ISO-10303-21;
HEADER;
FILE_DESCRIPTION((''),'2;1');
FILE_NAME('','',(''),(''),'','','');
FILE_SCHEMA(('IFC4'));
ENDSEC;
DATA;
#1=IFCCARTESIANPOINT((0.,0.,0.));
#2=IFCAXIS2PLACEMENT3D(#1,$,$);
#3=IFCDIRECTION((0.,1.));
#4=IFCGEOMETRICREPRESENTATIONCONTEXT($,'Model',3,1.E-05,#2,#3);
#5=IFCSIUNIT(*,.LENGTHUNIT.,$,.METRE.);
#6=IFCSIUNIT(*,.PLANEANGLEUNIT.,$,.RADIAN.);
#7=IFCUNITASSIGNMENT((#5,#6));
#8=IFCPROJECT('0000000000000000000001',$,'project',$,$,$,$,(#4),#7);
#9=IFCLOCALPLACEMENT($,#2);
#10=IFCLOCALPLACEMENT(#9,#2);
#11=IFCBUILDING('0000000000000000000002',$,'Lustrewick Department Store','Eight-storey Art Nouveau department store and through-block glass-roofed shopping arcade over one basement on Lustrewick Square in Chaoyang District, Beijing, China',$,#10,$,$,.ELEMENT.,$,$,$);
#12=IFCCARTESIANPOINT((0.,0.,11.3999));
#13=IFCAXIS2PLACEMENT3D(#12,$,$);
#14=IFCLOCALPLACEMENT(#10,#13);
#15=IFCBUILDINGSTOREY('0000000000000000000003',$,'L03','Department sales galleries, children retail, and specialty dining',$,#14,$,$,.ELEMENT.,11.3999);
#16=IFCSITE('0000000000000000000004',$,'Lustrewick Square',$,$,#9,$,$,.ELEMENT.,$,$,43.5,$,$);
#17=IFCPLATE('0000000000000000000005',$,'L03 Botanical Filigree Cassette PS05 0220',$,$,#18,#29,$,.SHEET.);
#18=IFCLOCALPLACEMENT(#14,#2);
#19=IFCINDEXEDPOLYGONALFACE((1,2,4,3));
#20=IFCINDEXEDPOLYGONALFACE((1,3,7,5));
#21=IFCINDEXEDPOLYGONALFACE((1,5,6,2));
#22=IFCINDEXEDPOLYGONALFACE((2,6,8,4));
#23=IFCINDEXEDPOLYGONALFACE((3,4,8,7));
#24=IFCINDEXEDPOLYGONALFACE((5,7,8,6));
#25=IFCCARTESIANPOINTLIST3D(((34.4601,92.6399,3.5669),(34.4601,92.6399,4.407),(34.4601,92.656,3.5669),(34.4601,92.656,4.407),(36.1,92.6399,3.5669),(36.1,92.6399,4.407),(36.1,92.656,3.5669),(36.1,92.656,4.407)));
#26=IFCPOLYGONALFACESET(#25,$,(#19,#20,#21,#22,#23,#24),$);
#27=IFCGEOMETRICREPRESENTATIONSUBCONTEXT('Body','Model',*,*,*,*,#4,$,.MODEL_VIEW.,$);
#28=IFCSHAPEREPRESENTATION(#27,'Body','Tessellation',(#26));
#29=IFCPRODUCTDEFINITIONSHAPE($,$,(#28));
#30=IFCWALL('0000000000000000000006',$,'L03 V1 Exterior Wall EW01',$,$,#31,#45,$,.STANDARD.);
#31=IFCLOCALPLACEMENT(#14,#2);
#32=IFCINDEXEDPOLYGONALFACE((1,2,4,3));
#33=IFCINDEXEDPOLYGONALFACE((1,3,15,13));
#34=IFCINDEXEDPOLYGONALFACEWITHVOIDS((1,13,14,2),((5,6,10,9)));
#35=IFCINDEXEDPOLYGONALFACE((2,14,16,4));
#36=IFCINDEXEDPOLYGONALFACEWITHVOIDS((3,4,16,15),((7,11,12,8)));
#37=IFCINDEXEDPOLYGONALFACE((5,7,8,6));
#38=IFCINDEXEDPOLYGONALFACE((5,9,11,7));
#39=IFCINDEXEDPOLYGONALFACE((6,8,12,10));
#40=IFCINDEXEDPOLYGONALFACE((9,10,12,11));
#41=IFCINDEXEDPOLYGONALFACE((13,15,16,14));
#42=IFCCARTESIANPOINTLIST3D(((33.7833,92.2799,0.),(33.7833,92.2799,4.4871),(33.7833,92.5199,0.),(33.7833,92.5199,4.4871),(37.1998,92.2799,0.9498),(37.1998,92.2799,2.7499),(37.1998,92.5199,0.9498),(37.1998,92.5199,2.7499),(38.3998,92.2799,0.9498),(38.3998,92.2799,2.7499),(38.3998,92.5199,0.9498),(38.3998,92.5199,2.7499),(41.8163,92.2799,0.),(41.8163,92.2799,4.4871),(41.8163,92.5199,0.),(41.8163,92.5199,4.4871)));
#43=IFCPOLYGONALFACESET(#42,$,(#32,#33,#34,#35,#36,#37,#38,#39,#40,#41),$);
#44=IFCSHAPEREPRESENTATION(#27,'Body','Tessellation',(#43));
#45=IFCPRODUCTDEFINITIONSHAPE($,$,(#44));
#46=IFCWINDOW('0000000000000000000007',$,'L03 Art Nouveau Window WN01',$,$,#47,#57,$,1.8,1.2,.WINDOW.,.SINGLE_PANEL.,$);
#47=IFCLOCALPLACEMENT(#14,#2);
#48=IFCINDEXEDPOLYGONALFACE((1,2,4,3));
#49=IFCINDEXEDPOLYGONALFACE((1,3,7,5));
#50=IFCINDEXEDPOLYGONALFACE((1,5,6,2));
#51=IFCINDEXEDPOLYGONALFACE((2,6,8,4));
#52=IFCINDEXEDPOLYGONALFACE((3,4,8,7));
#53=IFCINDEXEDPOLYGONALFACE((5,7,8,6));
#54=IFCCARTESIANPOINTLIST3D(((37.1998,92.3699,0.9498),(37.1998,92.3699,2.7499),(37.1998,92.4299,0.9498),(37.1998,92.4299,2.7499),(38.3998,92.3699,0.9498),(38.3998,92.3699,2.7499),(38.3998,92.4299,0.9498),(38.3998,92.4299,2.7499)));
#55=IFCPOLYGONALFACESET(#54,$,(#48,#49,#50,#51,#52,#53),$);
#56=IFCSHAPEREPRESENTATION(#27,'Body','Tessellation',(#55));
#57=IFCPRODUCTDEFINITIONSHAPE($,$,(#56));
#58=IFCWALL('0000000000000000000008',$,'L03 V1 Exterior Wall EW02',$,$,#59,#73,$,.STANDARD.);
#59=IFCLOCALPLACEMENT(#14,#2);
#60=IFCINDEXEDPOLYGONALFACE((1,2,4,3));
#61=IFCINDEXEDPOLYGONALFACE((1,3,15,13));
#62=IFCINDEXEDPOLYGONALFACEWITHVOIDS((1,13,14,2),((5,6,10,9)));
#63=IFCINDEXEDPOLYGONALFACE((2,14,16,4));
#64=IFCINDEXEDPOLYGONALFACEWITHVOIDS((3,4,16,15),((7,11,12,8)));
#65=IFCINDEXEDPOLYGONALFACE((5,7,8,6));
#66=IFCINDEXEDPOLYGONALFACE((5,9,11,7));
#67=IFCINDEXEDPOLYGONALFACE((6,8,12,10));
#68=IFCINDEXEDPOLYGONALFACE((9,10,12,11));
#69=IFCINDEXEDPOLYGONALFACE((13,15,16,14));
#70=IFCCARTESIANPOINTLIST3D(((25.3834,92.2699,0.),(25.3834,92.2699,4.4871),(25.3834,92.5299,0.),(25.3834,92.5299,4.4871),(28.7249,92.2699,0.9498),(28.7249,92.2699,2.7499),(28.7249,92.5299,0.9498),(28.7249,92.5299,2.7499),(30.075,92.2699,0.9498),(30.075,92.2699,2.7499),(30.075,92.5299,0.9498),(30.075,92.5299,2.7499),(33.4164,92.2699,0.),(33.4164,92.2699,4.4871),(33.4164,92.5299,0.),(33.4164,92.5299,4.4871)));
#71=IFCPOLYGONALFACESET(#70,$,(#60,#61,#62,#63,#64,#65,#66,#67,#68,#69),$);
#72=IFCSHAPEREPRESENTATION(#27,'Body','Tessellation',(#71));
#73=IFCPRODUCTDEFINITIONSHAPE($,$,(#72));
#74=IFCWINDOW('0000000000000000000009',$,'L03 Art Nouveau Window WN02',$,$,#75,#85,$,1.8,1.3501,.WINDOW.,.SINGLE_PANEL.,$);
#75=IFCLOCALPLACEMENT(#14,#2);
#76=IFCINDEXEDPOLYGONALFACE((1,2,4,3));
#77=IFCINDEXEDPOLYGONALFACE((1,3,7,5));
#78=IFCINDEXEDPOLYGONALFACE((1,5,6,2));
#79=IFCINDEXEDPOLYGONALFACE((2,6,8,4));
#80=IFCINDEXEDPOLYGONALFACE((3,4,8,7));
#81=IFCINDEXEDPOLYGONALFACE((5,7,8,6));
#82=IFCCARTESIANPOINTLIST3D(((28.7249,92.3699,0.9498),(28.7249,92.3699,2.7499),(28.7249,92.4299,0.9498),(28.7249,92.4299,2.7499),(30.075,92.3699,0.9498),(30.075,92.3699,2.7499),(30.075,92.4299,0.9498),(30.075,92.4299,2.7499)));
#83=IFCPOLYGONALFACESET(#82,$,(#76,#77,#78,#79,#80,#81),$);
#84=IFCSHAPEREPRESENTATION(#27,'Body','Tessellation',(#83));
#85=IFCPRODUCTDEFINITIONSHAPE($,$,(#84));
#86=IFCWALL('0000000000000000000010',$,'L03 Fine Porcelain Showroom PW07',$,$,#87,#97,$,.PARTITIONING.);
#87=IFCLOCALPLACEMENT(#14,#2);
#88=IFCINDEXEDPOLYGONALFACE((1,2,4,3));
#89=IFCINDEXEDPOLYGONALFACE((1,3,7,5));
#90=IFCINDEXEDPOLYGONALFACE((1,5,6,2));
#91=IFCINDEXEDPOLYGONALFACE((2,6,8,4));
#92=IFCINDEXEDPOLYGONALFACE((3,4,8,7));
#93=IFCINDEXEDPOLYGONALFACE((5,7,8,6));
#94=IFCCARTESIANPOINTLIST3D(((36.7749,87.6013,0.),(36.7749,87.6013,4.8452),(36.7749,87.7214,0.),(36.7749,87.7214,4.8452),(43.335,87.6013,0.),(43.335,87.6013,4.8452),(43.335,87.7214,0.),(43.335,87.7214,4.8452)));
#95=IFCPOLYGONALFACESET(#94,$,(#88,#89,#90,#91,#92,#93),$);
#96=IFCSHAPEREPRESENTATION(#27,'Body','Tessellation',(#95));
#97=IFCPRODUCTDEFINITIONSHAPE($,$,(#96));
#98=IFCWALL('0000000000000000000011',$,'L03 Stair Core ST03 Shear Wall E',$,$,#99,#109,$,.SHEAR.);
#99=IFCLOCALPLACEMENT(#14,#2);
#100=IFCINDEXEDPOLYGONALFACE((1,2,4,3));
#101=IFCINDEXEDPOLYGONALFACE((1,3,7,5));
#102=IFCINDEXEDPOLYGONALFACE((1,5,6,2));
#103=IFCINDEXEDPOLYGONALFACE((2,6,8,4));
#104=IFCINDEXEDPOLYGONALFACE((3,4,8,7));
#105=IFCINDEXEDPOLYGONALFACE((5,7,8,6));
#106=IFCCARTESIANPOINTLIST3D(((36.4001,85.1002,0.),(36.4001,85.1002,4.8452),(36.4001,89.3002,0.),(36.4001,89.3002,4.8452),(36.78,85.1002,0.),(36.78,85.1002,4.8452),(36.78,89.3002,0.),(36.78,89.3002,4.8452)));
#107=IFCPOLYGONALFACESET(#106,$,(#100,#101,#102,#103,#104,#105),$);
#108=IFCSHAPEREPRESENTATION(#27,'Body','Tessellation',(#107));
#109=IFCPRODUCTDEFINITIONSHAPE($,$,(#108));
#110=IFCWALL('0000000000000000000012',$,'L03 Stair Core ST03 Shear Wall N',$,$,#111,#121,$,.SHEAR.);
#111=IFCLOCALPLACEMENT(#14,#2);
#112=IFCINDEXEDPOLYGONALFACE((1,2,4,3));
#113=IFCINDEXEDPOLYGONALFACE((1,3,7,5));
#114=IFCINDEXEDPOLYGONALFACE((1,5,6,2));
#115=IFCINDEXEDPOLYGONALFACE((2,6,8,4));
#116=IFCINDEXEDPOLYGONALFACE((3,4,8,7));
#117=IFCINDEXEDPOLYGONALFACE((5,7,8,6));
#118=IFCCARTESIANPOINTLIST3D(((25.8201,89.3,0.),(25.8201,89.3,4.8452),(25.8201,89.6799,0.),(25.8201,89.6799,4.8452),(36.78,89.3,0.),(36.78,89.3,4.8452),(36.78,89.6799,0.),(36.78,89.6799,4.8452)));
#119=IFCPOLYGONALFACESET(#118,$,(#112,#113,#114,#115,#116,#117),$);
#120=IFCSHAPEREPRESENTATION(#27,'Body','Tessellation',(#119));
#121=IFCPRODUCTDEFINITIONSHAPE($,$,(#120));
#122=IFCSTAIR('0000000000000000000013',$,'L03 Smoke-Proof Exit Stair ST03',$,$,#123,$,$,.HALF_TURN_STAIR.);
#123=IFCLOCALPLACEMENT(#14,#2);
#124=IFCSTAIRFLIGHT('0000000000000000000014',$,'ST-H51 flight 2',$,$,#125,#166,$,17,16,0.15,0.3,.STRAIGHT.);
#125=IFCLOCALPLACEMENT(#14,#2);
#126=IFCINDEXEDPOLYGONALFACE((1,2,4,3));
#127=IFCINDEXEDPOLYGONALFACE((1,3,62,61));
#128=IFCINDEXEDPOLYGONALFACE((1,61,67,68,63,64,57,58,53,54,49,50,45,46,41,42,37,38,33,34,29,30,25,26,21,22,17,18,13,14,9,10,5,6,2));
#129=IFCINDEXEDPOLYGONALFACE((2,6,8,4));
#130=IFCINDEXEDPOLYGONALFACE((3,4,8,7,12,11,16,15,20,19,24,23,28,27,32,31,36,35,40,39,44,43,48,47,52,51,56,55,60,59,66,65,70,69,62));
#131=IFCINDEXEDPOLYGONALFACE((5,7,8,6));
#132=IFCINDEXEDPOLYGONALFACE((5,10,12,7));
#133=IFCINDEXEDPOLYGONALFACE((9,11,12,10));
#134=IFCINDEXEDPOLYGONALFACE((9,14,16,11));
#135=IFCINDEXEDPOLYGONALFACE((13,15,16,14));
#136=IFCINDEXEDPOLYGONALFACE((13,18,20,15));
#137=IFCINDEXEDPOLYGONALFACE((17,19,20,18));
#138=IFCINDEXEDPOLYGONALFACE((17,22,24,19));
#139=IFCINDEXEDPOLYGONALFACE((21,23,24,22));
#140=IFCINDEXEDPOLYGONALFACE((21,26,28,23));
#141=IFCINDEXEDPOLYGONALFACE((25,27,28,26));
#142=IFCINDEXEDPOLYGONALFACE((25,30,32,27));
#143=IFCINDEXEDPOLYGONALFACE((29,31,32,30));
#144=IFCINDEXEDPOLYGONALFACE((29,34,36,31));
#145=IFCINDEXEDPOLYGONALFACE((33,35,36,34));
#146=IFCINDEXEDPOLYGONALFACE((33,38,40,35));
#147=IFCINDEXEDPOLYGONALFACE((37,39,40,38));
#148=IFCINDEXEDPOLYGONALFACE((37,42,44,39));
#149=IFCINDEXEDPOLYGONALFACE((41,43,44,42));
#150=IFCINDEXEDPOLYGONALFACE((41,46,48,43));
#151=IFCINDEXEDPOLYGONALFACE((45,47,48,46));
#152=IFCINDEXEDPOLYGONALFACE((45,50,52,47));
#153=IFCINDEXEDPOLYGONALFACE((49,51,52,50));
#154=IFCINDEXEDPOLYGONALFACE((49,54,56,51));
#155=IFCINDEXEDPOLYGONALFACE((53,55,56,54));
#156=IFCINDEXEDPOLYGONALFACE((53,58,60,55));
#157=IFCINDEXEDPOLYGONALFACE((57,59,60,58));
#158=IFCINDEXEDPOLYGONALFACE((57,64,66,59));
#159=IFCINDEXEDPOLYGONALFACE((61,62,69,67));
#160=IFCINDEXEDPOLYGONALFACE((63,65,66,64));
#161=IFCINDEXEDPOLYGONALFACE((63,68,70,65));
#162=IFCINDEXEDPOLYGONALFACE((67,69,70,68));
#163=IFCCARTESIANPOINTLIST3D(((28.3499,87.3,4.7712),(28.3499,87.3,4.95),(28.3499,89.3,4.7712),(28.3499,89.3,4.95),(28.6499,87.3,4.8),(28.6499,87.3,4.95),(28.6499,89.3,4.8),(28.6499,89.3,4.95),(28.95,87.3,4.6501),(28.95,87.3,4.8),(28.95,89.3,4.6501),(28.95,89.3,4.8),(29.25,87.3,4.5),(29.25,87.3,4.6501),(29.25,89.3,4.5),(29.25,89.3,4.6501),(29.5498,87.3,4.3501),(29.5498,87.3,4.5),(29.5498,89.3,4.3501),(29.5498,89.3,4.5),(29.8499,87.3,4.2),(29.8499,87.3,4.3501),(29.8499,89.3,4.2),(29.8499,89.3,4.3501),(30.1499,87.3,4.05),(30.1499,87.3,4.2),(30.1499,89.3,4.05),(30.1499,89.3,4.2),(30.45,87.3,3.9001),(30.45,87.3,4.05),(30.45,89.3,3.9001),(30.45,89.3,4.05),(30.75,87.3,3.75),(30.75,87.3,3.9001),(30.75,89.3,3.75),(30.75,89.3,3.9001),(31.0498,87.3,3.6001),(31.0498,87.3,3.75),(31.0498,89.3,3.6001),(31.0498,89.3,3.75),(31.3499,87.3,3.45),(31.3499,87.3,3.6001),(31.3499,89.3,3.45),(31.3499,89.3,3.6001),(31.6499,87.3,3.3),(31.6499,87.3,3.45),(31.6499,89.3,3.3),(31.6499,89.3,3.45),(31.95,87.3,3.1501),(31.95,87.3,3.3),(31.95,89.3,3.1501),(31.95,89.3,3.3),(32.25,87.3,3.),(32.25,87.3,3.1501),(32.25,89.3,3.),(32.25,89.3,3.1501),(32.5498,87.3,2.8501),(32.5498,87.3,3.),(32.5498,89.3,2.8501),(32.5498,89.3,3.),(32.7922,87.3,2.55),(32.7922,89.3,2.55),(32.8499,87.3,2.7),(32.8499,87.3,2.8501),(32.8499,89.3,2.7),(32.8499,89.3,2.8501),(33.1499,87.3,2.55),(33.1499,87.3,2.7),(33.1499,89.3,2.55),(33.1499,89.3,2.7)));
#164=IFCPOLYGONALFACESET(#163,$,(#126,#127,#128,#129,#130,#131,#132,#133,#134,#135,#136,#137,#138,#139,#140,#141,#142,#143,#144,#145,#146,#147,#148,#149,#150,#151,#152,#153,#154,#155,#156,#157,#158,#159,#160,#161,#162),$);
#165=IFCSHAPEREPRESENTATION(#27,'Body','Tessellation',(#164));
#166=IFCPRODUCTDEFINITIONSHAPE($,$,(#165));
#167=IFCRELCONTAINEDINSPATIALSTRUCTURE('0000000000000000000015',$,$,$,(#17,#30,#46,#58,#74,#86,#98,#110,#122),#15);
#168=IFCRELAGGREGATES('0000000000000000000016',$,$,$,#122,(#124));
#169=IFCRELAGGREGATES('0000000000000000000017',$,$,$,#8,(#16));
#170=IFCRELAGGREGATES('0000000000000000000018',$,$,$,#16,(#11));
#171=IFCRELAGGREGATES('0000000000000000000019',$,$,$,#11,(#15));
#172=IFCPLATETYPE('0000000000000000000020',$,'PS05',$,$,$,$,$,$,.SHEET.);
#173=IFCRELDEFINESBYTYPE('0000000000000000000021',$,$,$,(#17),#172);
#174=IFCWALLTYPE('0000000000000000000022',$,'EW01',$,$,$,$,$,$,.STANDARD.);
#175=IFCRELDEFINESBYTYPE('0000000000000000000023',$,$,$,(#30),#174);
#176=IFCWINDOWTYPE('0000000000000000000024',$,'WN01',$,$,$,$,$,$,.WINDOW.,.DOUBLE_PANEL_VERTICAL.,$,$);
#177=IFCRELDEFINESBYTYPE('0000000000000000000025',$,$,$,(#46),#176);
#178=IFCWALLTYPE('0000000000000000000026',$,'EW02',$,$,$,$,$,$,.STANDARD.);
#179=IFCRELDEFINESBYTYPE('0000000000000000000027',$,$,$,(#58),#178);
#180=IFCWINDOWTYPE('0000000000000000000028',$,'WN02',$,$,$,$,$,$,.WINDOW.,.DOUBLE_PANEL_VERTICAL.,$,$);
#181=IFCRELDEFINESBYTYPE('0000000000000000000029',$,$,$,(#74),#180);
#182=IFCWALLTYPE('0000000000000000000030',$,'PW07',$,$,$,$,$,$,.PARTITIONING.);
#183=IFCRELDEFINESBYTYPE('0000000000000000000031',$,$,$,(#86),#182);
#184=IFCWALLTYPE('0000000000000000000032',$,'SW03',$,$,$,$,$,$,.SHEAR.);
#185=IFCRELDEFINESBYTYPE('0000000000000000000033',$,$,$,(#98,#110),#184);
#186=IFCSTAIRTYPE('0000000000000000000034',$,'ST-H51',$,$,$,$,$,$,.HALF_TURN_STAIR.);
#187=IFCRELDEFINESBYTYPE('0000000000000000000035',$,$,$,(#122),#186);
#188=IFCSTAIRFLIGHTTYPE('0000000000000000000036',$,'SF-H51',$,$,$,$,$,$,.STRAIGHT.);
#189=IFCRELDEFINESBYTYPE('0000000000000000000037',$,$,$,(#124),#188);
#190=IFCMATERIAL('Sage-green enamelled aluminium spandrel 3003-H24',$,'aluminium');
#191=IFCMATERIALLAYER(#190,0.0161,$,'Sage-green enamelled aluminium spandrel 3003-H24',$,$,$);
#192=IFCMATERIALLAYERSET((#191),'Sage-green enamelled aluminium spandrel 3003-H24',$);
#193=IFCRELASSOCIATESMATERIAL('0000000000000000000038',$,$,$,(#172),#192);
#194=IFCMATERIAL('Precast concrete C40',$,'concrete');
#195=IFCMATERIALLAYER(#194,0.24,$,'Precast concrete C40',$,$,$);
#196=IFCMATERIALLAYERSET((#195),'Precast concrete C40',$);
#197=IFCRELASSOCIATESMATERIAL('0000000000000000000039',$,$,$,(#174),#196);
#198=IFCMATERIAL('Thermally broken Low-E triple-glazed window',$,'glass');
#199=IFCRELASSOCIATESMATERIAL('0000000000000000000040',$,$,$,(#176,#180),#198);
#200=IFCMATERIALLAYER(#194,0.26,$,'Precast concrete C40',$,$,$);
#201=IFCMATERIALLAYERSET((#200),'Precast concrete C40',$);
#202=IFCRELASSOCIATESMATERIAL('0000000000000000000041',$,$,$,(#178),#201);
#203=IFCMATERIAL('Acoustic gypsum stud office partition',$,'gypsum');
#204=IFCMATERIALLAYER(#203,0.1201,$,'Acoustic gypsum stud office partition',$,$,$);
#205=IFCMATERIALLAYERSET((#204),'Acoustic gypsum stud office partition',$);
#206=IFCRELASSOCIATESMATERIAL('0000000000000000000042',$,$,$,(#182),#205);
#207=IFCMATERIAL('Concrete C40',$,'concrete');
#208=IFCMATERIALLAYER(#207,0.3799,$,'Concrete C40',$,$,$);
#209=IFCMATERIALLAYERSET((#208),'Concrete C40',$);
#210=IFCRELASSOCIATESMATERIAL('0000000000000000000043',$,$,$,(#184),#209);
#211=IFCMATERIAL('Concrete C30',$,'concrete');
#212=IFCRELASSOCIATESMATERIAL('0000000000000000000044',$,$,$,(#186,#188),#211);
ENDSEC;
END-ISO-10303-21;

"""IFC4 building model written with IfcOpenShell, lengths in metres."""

from ifc_helpers import new_model, si_unit, direction, frame, frame_2d, origin, origin_2d, place, context, subcontext, project, spatial, polyline, rectangle, outline, extrude, material, layer, layer_set, type_object, element, fill, aggregate, save


model = new_model("IFC4")

# Units and contexts
model_context = context("Model", 3, precision=1e-05, world=origin(), true_north=direction((0.0, 1.0)))
body_context = subcontext(model_context, "Body", "Model", "MODEL_VIEW")
ifc_project = project(units=[si_unit("LENGTHUNIT", "METRE"), si_unit("PLANEANGLEUNIT", "RADIAN")], contexts=[model_context])

# Site, building, storey
site_placement = place(None, origin())
site = spatial("IfcSite", under=ifc_project, at=site_placement, Name="Lustrewick Square", CompositionType="ELEMENT", RefElevation=43.5)
building_placement = place(site_placement, origin())
building = spatial("IfcBuilding", under=site, at=building_placement, Name="Lustrewick Department Store", Description="Eight-storey Art Nouveau department store and through-block glass-roofed shopping arcade over one basement on Lustrewick Square in Chaoyang District, Beijing, China", CompositionType="ELEMENT")
storey_placement = place(building_placement, frame((0.0, 0.0, 11.3999)))
storey = spatial("IfcBuildingStorey", under=building, at=storey_placement, Name="L03", Description="Department sales galleries, children retail, and specialty dining", CompositionType="ELEMENT", Elevation=11.3999)

# Plate
ifc_material_1 = material(Name="Sage-green enamelled aluminium spandrel 3003-H24", Category="aluminium")
ifc_layer_1 = layer(ifc_material_1, 0.0161, Name="Sage-green enamelled aluminium spandrel 3003-H24")
ifc_layer_set_1 = layer_set([ifc_layer_1], Name="Sage-green enamelled aluminium spandrel 3003-H24")
plate_type = type_object("IfcPlateType", Name="PS05", PredefinedType="SHEET", material=ifc_layer_set_1)
for number, where, z_axis, x_axis, name in (
    (1, (35.28, 92.6479, 3.5669), (0.0, 0.0, 1.0), (-1.0, 0.0, 0.0), "L03 Botanical Filigree Cassette PS05 0220"),
):
    element("IfcPlate", number, at=place(storey_placement, frame(where, z_axis=z_axis, x_axis=x_axis)), inside=storey, type_object=plate_type, Name=name, PredefinedType="SHEET", context=body_context, shape_type="SweptSolid", body=[
        extrude(rectangle(XDim=1.6399, YDim=0.0161, at=origin_2d()), origin(), (0.0, 0.0, 1.0), 0.8401),
    ])

# Walls, openings, windows
ifc_material_2 = material(Name="Precast concrete C40", Category="concrete")
ifc_layer_2 = layer(ifc_material_2, 0.24, Name="Precast concrete C40")
ifc_layer_set_2 = layer_set([ifc_layer_2], Name="Precast concrete C40")
wall_type_1 = type_object("IfcWallType", Name="EW01", PredefinedType="STANDARD", material=ifc_layer_set_2)
wall_1_placement = place(storey_placement, frame((41.8164, 92.3999, 0.0), z_axis=(0.0, 0.0, 1.0), x_axis=(-1.0, 0.0, 0.0)))
wall_1 = element("IfcWall", 2, at=wall_1_placement, inside=storey, type_object=wall_type_1, Name="L03 V1 Exterior Wall EW01", PredefinedType="STANDARD", context=body_context, shape_type="SweptSolid", body=[
    extrude(rectangle(XDim=8.033, YDim=0.24, at=frame_2d((4.0166, 0.0))), origin(), (0.0, 0.0, 1.0), 4.4871),
])
opening_1_placement = place(wall_1_placement, frame((3.4165, 0.0, 0.95)))
opening_1 = element("IfcOpeningElement", 3, at=opening_1_placement, cuts=wall_1, PredefinedType="OPENING", context=body_context, shape_type="SweptSolid", body=[
    extrude(rectangle(XDim=1.2, YDim=1.8, at=frame_2d((0.6001, 0.8999))), frame((0.0, 0.1299, 0.0), z_axis=(0.0, -1.0, 0.0), x_axis=(1.0, 0.0, 0.0)), (0.0, 0.0, 1.0), 0.26),
])
ifc_material_3 = material(Name="Thermally broken Low-E triple-glazed window", Category="glass")
window_type_1 = type_object("IfcWindowType", Name="WN01", PartitioningType="DOUBLE_PANEL_VERTICAL", PredefinedType="WINDOW", material=ifc_material_3)
window_1_placement = place(opening_1_placement, origin())
window_1 = element("IfcWindow", 4, at=window_1_placement, inside=storey, type_object=window_type_1, Name="L03 Art Nouveau Window WN01", OverallHeight=1.8, OverallWidth=1.2, PartitioningType="SINGLE_PANEL", PredefinedType="WINDOW", context=body_context, shape_type="SweptSolid", body=[
    extrude(rectangle(XDim=1.2, YDim=1.8, at=frame_2d((0.6001, 0.8999))), frame((0.0, 0.03, 0.0), z_axis=(0.0, -1.0, 0.0), x_axis=(1.0, 0.0, 0.0)), (0.0, 0.0, 1.0), 0.0601),
])
fill(opening_1, window_1)
ifc_layer_3 = layer(ifc_material_2, 0.26, Name="Precast concrete C40")
ifc_layer_set_3 = layer_set([ifc_layer_3], Name="Precast concrete C40")
wall_type_2 = type_object("IfcWallType", Name="EW02", PredefinedType="STANDARD", material=ifc_layer_set_3)
wall_2_placement = place(storey_placement, frame((33.4165, 92.3999, 0.0), z_axis=(0.0, 0.0, 1.0), x_axis=(-1.0, 0.0, 0.0)))
wall_2 = element("IfcWall", 5, at=wall_2_placement, inside=storey, type_object=wall_type_2, Name="L03 V1 Exterior Wall EW02", PredefinedType="STANDARD", context=body_context, shape_type="SweptSolid", body=[
    extrude(rectangle(XDim=8.033, YDim=0.26, at=frame_2d((4.0166, 0.0))), origin(), (0.0, 0.0, 1.0), 4.4871),
])
opening_2_placement = place(wall_2_placement, frame((3.3416, 0.0, 0.95)))
opening_2 = element("IfcOpeningElement", 6, at=opening_2_placement, cuts=wall_2, PredefinedType="OPENING", context=body_context, shape_type="SweptSolid", body=[
    extrude(rectangle(XDim=1.3501, YDim=1.8, at=frame_2d((0.675, 0.8999))), frame((0.0, 0.1401, 0.0), z_axis=(0.0, -1.0, 0.0), x_axis=(1.0, 0.0, 0.0)), (0.0, 0.0, 1.0), 0.28),
])
window_type_2 = type_object("IfcWindowType", Name="WN02", PartitioningType="DOUBLE_PANEL_VERTICAL", PredefinedType="WINDOW", material=ifc_material_3)
window_2_placement = place(opening_2_placement, origin())
window_2 = element("IfcWindow", 7, at=window_2_placement, inside=storey, type_object=window_type_2, Name="L03 Art Nouveau Window WN02", OverallHeight=1.8, OverallWidth=1.3501, PartitioningType="SINGLE_PANEL", PredefinedType="WINDOW", context=body_context, shape_type="SweptSolid", body=[
    extrude(rectangle(XDim=1.3501, YDim=1.8, at=frame_2d((0.675, 0.8999))), frame((0.0, 0.03, 0.0), z_axis=(0.0, -1.0, 0.0), x_axis=(1.0, 0.0, 0.0)), (0.0, 0.0, 1.0), 0.0601),
])
fill(opening_2, window_2)

# Walls
ifc_material_4 = material(Name="Acoustic gypsum stud office partition", Category="gypsum")
ifc_layer_4 = layer(ifc_material_4, 0.1201, Name="Acoustic gypsum stud office partition")
ifc_layer_set_4 = layer_set([ifc_layer_4], Name="Acoustic gypsum stud office partition")
wall_type_3 = type_object("IfcWallType", Name="PW07", PredefinedType="PARTITIONING", material=ifc_layer_set_4)
wall_3_placement = place(storey_placement, frame((43.335, 87.6614, 0.0), z_axis=(0.0, 0.0, 1.0), x_axis=(-1.0, 0.0, 0.0)))
element("IfcWall", 8, at=wall_3_placement, inside=storey, type_object=wall_type_3, Name="L03 Fine Porcelain Showroom PW07", PredefinedType="PARTITIONING", context=body_context, shape_type="SweptSolid", body=[
    extrude(rectangle(XDim=6.5601, YDim=0.1201, at=frame_2d((3.28, 0.0))), origin(), (0.0, 0.0, 1.0), 4.8452),
])
ifc_material_5 = material(Name="Concrete C40", Category="concrete")
ifc_layer_5 = layer(ifc_material_5, 0.3799, Name="Concrete C40")
ifc_layer_set_5 = layer_set([ifc_layer_5], Name="Concrete C40")
wall_type_4 = type_object("IfcWallType", Name="SW03", PredefinedType="SHEAR", material=ifc_layer_set_5)
wall_4_placement = place(storey_placement, frame((36.5901, 85.1001, 0.0), z_axis=(0.0, 0.0, 1.0), x_axis=(0.0, 1.0, 0.0)))
element("IfcWall", 9, at=wall_4_placement, inside=storey, type_object=wall_type_4, Name="L03 Stair Core ST03 Shear Wall E", PredefinedType="SHEAR", context=body_context, shape_type="SweptSolid", body=[
    extrude(rectangle(XDim=4.2, YDim=0.3799, at=frame_2d((2.1001, 0.0))), origin(), (0.0, 0.0, 1.0), 4.8452),
])
wall_5_placement = place(storey_placement, frame((36.78, 89.49, 0.0), z_axis=(0.0, 0.0, 1.0), x_axis=(-1.0, 0.0, 0.0)))
element("IfcWall", 10, at=wall_5_placement, inside=storey, type_object=wall_type_4, Name="L03 Stair Core ST03 Shear Wall N", PredefinedType="SHEAR", context=body_context, shape_type="SweptSolid", body=[
    extrude(rectangle(XDim=10.96, YDim=0.3799, at=frame_2d((5.48, 0.0))), origin(), (0.0, 0.0, 1.0), 4.8452),
])

# Stair, stair flight
ifc_material_6 = material(Name="Concrete C30", Category="concrete")
stair_type = type_object("IfcStairType", Name="ST-H51", PredefinedType="HALF_TURN_STAIR", material=ifc_material_6)
stair_placement = place(storey_placement, origin())
stair = element("IfcStair", 11, at=stair_placement, inside=storey, type_object=stair_type, Name="L03 Smoke-Proof Exit Stair ST03", PredefinedType="HALF_TURN_STAIR")
stair_flight_type = type_object("IfcStairFlightType", Name="SF-H51", PredefinedType="STRAIGHT", material=ifc_material_6)
stair_flight_placement = place(storey_placement, frame((33.1499, 88.3, 2.55), z_axis=(0.0, 0.0, 1.0), x_axis=(-1.0, 0.0, 0.0)))
stair_flight = element("IfcStairFlight", 12, at=stair_flight_placement, type_object=stair_flight_type, Name="ST-H51 flight 2", NumberOfRisers=17, NumberOfTreads=16, PredefinedType="STRAIGHT", RiserHeight=0.15, TreadLength=0.3, context=body_context, shape_type="SweptSolid", body=[
    extrude(outline(polyline([(0.0, 0.0), (0.0, 0.1499), (0.3, 0.1499), (0.3, 0.3), (0.6001, 0.3), (0.6001, 0.45), (0.8999, 0.45), (0.8999, 0.6001), (1.2, 0.6001), (1.2, 0.75), (1.5, 0.75), (1.5, 0.8999), (1.8, 0.8999), (1.8, 1.05), (2.1001, 1.05), (2.1001, 1.2), (2.3999, 1.2), (2.3999, 1.3501), (2.7, 1.3501), (2.7, 1.5), (3.0, 1.5), (3.0, 1.6499), (3.3, 1.6499), (3.3, 1.8), (3.6001, 1.8), (3.6001, 1.95), (3.8999, 1.95), (3.8999, 2.1001), (4.2, 2.1001), (4.2, 2.25), (4.5, 2.25), (4.5, 2.3999), (4.8, 2.3999), (4.8, 2.55), (4.8, 2.2212), (0.3577, 0.0), (0.0, 0.0)])), frame((0.0, 1.0, 0.0), z_axis=(0.0, -1.0, 0.0), x_axis=(1.0, 0.0, 0.0)), (0.0, 0.0, 1.0), 2.0),
])
aggregate(stair, [stair_flight])

save(model, "model.ifc")
